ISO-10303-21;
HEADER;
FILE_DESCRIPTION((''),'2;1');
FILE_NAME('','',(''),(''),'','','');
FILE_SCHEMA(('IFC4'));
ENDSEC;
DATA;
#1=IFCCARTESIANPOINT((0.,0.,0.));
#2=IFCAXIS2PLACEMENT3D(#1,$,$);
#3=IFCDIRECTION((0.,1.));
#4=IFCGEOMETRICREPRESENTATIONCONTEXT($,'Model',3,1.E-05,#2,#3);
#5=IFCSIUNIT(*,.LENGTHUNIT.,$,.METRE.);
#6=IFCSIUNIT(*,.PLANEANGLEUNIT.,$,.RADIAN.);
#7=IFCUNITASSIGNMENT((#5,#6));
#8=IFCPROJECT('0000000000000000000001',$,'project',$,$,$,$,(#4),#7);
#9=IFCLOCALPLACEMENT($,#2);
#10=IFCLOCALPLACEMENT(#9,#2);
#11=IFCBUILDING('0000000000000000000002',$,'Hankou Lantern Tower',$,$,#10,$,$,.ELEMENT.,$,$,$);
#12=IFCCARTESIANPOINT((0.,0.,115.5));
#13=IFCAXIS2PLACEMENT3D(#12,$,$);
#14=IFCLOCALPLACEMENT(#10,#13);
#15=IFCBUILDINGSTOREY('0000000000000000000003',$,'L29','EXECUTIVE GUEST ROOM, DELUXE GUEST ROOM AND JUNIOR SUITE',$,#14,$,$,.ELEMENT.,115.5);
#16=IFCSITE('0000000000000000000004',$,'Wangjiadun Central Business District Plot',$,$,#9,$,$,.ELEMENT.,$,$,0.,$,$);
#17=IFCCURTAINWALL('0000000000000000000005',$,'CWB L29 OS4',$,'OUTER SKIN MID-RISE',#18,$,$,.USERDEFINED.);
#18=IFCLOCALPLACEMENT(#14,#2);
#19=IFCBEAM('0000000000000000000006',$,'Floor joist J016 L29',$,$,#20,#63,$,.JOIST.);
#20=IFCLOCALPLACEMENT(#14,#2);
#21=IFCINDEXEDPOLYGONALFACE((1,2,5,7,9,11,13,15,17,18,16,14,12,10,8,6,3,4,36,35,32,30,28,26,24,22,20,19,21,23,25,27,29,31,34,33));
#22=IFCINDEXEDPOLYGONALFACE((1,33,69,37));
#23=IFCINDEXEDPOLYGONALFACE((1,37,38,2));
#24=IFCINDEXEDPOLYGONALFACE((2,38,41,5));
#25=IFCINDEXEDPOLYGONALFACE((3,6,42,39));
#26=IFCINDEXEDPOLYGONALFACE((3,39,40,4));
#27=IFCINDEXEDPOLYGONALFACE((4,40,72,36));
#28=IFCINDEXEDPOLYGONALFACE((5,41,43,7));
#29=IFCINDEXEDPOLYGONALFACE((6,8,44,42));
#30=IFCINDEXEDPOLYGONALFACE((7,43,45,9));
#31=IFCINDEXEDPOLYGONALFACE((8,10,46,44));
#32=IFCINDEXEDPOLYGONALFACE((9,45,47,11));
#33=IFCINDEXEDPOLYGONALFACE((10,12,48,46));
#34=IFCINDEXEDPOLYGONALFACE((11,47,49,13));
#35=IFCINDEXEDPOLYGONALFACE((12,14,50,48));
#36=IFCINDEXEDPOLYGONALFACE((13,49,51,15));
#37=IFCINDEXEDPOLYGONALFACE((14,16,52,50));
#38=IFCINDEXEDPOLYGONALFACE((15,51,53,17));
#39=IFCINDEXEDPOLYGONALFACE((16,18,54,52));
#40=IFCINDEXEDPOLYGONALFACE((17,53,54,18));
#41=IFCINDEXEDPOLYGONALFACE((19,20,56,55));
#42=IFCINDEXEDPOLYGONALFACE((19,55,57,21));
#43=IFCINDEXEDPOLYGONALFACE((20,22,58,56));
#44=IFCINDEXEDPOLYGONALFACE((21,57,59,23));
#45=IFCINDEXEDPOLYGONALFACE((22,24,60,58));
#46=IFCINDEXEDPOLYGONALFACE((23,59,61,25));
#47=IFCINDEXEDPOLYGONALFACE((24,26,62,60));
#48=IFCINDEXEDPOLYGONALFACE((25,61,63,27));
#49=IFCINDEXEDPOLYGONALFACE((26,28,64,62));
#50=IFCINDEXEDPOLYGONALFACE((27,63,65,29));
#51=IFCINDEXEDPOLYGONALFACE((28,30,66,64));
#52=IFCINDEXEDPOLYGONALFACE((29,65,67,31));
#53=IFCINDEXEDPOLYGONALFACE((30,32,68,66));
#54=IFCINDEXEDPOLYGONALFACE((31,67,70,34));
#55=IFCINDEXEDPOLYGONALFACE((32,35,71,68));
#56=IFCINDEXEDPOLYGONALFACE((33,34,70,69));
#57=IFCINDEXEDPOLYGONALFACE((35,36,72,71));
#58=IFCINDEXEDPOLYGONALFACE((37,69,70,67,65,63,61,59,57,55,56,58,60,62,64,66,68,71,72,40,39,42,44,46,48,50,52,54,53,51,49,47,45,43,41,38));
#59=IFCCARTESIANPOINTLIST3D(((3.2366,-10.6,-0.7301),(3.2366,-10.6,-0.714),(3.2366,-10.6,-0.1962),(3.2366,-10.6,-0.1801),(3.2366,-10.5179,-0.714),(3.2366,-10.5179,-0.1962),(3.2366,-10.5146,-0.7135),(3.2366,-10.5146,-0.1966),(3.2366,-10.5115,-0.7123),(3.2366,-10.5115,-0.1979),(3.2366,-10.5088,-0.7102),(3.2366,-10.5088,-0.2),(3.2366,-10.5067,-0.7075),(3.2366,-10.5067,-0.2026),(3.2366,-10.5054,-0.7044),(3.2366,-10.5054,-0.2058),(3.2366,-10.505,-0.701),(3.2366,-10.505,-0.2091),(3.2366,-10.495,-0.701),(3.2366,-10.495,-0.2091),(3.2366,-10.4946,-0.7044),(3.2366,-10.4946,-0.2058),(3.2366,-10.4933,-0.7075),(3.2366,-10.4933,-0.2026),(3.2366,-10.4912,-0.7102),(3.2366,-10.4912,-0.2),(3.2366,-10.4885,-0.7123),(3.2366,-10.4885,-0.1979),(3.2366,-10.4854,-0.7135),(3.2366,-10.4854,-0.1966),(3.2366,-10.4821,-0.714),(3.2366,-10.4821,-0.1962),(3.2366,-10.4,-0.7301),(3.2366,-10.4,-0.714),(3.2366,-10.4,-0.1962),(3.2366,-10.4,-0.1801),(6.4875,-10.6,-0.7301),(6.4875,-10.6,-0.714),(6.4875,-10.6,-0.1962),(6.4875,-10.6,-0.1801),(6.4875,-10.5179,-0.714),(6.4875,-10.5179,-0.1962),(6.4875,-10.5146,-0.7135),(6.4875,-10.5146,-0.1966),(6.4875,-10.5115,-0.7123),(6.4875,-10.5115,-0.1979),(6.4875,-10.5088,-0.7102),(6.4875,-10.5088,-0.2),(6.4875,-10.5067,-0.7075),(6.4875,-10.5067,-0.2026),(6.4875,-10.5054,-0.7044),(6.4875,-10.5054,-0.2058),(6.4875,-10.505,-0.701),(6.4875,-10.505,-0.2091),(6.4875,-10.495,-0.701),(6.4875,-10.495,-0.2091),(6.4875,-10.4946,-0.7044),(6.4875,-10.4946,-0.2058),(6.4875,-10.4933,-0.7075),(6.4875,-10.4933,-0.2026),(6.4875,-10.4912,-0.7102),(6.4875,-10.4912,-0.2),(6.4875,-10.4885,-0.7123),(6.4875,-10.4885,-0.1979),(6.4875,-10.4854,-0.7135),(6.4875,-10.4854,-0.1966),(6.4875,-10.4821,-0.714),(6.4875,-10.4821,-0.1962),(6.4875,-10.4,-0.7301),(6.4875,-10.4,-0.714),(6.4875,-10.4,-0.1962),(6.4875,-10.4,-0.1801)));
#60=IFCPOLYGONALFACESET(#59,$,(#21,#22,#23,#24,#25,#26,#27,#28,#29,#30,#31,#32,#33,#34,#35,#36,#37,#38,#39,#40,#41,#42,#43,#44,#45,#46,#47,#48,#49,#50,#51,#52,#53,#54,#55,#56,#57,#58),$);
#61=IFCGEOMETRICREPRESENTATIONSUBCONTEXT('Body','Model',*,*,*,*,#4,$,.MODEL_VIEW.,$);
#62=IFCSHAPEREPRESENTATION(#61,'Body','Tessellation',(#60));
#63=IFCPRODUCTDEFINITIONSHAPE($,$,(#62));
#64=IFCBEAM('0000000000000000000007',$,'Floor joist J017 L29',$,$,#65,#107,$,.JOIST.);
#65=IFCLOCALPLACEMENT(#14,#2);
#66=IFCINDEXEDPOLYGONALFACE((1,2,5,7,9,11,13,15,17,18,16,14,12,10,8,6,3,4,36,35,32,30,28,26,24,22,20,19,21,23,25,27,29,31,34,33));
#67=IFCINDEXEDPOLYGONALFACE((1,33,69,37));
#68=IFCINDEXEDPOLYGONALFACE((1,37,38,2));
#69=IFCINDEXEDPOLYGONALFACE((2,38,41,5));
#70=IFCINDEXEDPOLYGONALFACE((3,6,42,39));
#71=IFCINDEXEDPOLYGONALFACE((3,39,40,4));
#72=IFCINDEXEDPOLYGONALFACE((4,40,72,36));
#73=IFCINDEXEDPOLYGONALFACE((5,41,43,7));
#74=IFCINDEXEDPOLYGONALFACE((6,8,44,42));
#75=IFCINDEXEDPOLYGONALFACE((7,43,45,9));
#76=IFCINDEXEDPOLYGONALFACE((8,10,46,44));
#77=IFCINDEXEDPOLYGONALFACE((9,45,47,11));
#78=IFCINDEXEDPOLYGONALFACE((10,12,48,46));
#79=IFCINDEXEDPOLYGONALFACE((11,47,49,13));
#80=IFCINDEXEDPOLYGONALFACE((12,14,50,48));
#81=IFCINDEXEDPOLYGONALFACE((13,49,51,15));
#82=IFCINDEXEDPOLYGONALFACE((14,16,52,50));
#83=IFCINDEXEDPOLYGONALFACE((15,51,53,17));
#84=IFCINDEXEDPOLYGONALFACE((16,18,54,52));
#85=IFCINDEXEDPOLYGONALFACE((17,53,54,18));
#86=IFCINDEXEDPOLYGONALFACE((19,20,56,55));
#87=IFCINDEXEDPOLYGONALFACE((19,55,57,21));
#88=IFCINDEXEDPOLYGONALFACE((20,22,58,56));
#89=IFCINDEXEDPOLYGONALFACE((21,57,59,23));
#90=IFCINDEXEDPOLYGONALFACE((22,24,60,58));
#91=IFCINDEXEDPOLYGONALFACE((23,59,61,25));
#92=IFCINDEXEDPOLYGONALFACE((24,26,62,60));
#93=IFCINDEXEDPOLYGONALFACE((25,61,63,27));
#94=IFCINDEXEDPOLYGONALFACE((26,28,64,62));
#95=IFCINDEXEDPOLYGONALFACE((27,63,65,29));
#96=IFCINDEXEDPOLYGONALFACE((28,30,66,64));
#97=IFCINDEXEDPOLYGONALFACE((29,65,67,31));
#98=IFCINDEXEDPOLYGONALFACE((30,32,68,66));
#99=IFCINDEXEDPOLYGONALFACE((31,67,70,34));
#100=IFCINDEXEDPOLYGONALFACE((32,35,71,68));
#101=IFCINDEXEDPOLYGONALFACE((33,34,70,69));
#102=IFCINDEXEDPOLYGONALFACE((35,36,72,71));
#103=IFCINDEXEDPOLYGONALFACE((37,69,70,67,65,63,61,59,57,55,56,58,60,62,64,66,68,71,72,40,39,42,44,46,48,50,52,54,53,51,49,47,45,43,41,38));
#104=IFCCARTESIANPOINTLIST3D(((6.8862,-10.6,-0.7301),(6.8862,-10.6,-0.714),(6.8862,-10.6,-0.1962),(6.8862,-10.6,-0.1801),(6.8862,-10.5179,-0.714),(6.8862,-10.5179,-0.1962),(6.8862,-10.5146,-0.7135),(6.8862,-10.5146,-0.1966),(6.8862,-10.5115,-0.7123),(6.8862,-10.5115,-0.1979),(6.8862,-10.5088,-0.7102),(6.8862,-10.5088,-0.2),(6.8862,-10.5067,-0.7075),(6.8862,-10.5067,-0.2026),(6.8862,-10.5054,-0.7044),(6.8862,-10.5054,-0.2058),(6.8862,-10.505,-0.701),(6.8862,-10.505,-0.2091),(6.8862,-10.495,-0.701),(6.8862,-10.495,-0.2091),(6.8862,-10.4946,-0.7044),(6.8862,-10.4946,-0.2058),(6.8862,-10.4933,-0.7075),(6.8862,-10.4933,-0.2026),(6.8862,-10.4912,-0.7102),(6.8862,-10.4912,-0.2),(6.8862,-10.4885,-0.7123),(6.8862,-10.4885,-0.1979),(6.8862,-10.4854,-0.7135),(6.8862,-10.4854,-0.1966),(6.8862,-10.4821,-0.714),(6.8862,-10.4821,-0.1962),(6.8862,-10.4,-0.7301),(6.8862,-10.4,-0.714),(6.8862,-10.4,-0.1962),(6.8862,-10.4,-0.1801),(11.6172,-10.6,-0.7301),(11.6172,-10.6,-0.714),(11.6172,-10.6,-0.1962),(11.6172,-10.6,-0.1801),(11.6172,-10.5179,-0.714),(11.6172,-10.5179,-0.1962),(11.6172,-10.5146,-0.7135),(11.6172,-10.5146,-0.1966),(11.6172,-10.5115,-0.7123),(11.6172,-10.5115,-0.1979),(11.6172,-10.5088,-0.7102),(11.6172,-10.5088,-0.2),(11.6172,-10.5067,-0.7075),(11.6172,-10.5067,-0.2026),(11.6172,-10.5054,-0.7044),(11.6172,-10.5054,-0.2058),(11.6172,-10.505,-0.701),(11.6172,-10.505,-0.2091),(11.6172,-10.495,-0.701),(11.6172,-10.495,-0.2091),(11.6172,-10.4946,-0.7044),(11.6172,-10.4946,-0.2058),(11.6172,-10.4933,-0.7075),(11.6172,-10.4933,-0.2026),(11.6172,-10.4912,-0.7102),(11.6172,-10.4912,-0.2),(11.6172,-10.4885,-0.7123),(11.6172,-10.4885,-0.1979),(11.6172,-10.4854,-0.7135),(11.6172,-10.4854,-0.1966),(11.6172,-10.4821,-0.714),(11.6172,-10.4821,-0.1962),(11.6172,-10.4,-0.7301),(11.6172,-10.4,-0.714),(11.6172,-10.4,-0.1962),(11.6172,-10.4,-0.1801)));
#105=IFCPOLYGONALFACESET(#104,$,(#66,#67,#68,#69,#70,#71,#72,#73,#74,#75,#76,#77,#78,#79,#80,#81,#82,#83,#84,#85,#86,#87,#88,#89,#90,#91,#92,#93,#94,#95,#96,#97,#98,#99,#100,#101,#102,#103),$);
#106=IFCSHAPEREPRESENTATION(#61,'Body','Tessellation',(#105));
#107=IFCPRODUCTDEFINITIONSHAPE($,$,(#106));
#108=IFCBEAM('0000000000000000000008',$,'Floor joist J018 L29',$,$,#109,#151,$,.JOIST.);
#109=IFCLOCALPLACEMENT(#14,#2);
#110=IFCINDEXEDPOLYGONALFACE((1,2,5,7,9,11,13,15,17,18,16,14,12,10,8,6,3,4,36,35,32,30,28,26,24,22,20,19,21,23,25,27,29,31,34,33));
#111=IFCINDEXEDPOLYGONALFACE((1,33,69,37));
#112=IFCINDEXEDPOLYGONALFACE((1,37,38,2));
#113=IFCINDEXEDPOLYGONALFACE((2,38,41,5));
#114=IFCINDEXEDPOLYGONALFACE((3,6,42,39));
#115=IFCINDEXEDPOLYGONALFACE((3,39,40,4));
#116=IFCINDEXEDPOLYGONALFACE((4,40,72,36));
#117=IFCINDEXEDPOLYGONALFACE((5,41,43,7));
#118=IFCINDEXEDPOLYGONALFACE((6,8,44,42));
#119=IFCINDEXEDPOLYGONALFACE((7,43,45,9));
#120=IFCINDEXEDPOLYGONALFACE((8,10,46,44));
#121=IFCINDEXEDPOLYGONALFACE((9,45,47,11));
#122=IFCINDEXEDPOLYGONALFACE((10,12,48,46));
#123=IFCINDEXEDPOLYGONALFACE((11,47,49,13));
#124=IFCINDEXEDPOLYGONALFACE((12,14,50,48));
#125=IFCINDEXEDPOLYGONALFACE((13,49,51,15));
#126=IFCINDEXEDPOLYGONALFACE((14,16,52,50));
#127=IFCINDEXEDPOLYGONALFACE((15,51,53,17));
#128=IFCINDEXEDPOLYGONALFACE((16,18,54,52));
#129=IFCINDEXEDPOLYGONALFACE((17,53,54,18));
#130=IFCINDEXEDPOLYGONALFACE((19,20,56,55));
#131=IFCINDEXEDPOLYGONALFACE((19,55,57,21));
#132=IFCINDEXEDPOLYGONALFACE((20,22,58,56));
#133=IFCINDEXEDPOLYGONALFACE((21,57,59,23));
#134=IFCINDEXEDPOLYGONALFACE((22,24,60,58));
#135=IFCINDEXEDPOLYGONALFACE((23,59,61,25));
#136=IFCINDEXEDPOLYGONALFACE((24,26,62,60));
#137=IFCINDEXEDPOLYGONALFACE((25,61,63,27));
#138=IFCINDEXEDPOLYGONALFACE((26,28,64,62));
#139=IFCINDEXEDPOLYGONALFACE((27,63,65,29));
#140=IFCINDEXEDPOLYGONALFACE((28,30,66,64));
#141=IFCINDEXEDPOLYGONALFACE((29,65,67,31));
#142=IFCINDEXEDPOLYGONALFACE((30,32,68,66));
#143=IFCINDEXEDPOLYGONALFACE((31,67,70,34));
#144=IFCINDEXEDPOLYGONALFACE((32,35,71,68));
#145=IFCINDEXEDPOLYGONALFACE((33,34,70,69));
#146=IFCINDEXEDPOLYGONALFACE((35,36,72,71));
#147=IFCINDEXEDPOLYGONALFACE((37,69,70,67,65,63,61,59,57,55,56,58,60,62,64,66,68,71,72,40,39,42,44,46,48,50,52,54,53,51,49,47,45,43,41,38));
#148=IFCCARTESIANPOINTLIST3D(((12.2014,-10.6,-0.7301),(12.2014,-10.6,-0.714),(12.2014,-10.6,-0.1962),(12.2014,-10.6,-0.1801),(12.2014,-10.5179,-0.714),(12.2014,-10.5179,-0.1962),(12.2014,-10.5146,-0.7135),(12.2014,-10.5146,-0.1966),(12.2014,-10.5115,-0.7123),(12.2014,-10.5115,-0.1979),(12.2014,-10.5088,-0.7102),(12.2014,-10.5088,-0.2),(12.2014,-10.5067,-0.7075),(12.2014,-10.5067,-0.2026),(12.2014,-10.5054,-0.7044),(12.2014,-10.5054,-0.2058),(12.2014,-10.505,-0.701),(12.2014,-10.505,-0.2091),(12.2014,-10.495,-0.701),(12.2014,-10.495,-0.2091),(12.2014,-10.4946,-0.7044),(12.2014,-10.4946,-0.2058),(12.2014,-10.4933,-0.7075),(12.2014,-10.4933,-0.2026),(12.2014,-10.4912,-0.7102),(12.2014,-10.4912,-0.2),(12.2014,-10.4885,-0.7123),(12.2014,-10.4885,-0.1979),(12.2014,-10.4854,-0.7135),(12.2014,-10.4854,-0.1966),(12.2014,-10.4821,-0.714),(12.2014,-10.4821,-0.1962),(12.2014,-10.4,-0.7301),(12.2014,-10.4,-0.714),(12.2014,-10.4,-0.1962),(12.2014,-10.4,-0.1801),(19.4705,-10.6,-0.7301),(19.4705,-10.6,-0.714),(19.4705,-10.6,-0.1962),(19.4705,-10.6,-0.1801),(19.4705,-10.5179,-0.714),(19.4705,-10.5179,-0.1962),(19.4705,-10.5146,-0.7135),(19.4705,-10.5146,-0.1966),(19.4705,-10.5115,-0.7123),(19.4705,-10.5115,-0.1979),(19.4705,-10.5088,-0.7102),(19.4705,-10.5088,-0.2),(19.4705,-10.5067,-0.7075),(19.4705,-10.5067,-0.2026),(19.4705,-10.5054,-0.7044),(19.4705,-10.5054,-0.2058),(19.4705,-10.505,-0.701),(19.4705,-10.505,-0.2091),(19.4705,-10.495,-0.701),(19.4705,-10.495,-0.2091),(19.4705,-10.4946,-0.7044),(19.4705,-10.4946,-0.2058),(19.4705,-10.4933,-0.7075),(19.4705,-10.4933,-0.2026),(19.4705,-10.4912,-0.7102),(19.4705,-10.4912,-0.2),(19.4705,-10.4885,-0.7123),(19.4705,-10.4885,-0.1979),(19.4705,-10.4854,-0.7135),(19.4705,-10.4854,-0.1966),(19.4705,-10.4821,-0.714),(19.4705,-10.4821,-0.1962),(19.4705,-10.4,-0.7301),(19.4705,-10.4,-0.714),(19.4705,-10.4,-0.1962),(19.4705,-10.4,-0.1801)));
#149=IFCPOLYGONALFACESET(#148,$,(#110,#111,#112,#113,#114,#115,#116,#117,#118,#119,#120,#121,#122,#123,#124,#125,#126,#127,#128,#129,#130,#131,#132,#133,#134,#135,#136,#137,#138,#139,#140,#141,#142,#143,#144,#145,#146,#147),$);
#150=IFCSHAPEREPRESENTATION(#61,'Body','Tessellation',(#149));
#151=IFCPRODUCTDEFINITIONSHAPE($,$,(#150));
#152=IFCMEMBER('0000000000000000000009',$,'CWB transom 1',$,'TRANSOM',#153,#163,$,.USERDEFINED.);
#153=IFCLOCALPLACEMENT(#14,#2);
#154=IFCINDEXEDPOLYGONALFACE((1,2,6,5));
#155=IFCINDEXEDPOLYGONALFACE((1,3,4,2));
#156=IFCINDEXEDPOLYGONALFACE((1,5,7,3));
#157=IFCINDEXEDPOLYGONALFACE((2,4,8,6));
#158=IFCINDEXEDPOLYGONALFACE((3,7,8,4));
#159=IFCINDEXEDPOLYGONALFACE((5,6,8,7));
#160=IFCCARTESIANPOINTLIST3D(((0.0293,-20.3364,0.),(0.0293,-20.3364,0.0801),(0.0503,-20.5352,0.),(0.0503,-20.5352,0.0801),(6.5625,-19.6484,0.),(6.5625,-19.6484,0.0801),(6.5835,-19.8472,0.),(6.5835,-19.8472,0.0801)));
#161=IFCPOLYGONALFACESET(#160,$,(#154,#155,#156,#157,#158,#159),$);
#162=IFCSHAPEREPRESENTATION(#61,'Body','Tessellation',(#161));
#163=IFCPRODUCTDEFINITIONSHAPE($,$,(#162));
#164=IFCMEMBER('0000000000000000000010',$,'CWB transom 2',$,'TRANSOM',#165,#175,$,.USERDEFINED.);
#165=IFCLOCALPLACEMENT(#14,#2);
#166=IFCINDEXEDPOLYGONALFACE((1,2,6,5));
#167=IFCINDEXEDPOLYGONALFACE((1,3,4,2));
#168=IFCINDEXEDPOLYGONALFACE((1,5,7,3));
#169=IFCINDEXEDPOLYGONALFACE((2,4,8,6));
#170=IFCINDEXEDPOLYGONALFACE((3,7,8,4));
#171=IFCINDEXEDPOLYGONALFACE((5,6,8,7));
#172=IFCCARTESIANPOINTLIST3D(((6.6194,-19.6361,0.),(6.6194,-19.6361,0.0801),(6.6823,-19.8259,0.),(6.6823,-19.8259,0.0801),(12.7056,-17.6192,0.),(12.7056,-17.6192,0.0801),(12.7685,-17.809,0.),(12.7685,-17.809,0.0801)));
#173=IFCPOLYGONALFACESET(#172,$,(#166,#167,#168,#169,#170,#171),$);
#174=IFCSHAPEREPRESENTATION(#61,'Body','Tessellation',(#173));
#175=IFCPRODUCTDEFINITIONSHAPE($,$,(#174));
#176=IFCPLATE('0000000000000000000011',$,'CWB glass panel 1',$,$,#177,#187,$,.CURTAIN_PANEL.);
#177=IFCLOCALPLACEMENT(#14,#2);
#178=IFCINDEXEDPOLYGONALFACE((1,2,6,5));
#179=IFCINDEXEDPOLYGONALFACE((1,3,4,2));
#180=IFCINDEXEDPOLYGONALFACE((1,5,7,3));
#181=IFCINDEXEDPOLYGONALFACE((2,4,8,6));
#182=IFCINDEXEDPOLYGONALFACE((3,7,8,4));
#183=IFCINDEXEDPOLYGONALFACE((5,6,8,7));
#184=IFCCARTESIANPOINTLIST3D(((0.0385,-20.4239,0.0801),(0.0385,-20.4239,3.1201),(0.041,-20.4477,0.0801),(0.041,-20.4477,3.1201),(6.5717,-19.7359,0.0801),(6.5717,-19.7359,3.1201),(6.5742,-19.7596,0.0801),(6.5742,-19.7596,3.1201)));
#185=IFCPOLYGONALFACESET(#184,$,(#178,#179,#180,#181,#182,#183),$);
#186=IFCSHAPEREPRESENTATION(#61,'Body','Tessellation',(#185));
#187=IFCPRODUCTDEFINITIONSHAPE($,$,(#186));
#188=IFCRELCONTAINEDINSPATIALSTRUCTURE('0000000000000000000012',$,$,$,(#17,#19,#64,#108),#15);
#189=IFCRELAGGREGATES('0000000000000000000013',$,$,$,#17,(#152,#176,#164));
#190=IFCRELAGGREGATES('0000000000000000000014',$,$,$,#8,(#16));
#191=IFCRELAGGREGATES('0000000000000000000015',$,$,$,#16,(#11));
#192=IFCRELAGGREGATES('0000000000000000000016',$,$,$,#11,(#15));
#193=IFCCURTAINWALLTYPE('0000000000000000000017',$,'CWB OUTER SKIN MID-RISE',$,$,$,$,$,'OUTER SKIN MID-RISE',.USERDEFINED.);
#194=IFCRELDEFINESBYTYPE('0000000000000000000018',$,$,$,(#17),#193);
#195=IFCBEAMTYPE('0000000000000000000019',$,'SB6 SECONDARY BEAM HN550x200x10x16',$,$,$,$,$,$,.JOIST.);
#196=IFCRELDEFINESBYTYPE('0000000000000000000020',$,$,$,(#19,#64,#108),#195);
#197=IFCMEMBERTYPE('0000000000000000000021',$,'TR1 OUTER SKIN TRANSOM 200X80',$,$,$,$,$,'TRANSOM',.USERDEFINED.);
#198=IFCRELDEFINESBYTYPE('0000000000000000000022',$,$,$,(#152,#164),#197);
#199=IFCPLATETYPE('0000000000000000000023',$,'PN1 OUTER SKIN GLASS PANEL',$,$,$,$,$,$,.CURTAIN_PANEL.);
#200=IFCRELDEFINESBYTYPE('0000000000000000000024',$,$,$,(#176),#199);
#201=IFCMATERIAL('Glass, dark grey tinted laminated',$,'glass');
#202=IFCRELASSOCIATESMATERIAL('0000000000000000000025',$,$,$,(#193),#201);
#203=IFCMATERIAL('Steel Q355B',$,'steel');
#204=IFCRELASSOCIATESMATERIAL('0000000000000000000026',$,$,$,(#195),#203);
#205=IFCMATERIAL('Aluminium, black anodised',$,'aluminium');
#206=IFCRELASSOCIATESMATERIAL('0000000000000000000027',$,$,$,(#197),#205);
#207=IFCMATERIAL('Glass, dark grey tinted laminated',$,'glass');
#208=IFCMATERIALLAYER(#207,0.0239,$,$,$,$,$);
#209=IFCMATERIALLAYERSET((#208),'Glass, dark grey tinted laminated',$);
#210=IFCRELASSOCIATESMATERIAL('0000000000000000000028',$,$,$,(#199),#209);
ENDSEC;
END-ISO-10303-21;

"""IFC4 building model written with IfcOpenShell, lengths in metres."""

from ifc_helpers import new_model, si_unit, direction, frame, origin, origin_2d, place, context, subcontext, project, spatial, rectangle, i_section, extrude, material, layer, layer_set, material_profile, profile_set, type_object, element, aggregate, save


model = new_model("IFC4")

# Units and contexts
model_context = context("Model", 3, precision=1e-05, world=origin(), true_north=direction((0.0, 1.0)))
body_context = subcontext(model_context, "Body", "Model", "MODEL_VIEW")
ifc_project = project(units=[si_unit("LENGTHUNIT", "METRE"), si_unit("PLANEANGLEUNIT", "RADIAN")], contexts=[model_context])

# Site, building, storey
site_placement = place(None, origin())
site = spatial("IfcSite", under=ifc_project, at=site_placement, Name="Wangjiadun Central Business District Plot", CompositionType="ELEMENT", RefElevation=0.0)
building_placement = place(site_placement, origin())
building = spatial("IfcBuilding", under=site, at=building_placement, Name="Hankou Lantern Tower", CompositionType="ELEMENT")
storey_placement = place(building_placement, frame((0.0, 0.0, 115.5)))
storey = spatial("IfcBuildingStorey", under=building, at=storey_placement, Name="L29", Description="EXECUTIVE GUEST ROOM, DELUXE GUEST ROOM AND JUNIOR SUITE", CompositionType="ELEMENT", Elevation=115.5)

# Curtain wall
ifc_material_1 = material(Name="Glass, dark grey tinted laminated", Category="glass")
curtain_wall_type = type_object("IfcCurtainWallType", Name="CWB OUTER SKIN MID-RISE", ElementType="OUTER SKIN MID-RISE", PredefinedType="USERDEFINED", material=ifc_material_1)
curtain_wall_placement = place(storey_placement, origin())
curtain_wall = element("IfcCurtainWall", 1, at=curtain_wall_placement, inside=storey, type_object=curtain_wall_type, Name="CWB L29 OS4", ObjectType="OUTER SKIN MID-RISE", PredefinedType="USERDEFINED")

# Beams
ifc_material_2 = material(Name="Steel Q355B", Category="steel")
ifc_material_profile_1 = material_profile(ifc_material_2, i_section(OverallWidth=0.2, OverallDepth=0.55, WebThickness=0.01, FlangeThickness=0.0161, FilletRadius=0.0129, at=origin_2d()), Name="HN550x200x10x16")
ifc_profile_set_1 = profile_set([ifc_material_profile_1], Name="Steel Q355B")
beam_type_1 = type_object("IfcBeamType", Name="SB6 SECONDARY BEAM HN550x200x10x16", PredefinedType="JOIST", material=ifc_profile_set_1)
beam_1_placement = place(storey_placement, frame((3.2366, -10.5, -0.4551), z_axis=(1.0, 0.0, 0.0), x_axis=(0.0, 1.0, 0.0)))
element("IfcBeam", 2, at=beam_1_placement, inside=storey, type_object=beam_type_1, Name="Floor joist J016 L29", PredefinedType="JOIST", context=body_context, shape_type="SweptSolid", body=[
    extrude(i_section(OverallWidth=0.2, OverallDepth=0.55, WebThickness=0.01, FlangeThickness=0.0161, FilletRadius=0.0129, at=origin_2d()), origin(), (0.0, 0.0, 1.0), 3.251),
])
beam_2_placement = place(storey_placement, frame((6.8862, -10.5, -0.4551), z_axis=(1.0, 0.0, 0.0), x_axis=(0.0, 1.0, 0.0)))
element("IfcBeam", 3, at=beam_2_placement, inside=storey, type_object=beam_type_1, Name="Floor joist J017 L29", PredefinedType="JOIST", context=body_context, shape_type="SweptSolid", body=[
    extrude(i_section(OverallWidth=0.2, OverallDepth=0.55, WebThickness=0.01, FlangeThickness=0.0161, FilletRadius=0.0129, at=origin_2d()), origin(), (0.0, 0.0, 1.0), 4.731),
])
beam_3_placement = place(storey_placement, frame((12.2014, -10.5, -0.4551), z_axis=(1.0, 0.0, 0.0), x_axis=(0.0, 1.0, 0.0)))
element("IfcBeam", 4, at=beam_3_placement, inside=storey, type_object=beam_type_1, Name="Floor joist J018 L29", PredefinedType="JOIST", context=body_context, shape_type="SweptSolid", body=[
    extrude(i_section(OverallWidth=0.2, OverallDepth=0.55, WebThickness=0.01, FlangeThickness=0.0161, FilletRadius=0.0129, at=origin_2d()), origin(), (0.0, 0.0, 1.0), 7.269),
])

# Members
ifc_material_3 = material(Name="Aluminium, black anodised", Category="aluminium")
ifc_material_profile_2 = material_profile(ifc_material_3, rectangle(XDim=0.2, YDim=0.0801, at=origin_2d()), Name="TR1 200X80")
ifc_profile_set_2 = profile_set([ifc_material_profile_2], Name="Aluminium, black anodised")
member_type_1 = type_object("IfcMemberType", Name="TR1 OUTER SKIN TRANSOM 200X80", ElementType="TRANSOM", PredefinedType="USERDEFINED", material=ifc_profile_set_2)
member_1_placement = place(storey_placement, frame((0.0398, -20.4358, 0.04), z_axis=(0.994501, 0.104727, 0.0), x_axis=(-0.104727, 0.994501, 0.0)))
member_1 = element("IfcMember", 5, at=member_1_placement, type_object=member_type_1, Name="CWB transom 1", ObjectType="TRANSOM", PredefinedType="USERDEFINED", context=body_context, shape_type="SweptSolid", body=[
    extrude(rectangle(XDim=0.2, YDim=0.0801, at=origin_2d()), origin(), (0.0, 0.0, 1.0), 6.5693),
])
member_2_placement = place(storey_placement, frame((6.6509, -19.731, 0.04), z_axis=(0.949238, 0.314559, 0.0), x_axis=(-0.314559, 0.949238, 0.0)))
member_2 = element("IfcMember", 6, at=member_2_placement, type_object=member_type_1, Name="CWB transom 2", ObjectType="TRANSOM", PredefinedType="USERDEFINED", context=body_context, shape_type="SweptSolid", body=[
    extrude(rectangle(XDim=0.2, YDim=0.0801, at=origin_2d()), origin(), (0.0, 0.0, 1.0), 6.4116),
])

# Plate
ifc_material_4 = material(Name="Glass, dark grey tinted laminated", Category="glass")
ifc_layer_1 = layer(ifc_material_4, 0.0239)
ifc_layer_set_1 = layer_set([ifc_layer_1], Name="Glass, dark grey tinted laminated")
plate_type = type_object("IfcPlateType", Name="PN1 OUTER SKIN GLASS PANEL", PredefinedType="CURTAIN_PANEL", material=ifc_layer_set_1)
plate_1_placement = place(storey_placement, frame((3.3064, -20.0918, 0.0801), z_axis=(0.0, 0.0, 1.0), x_axis=(0.994499, 0.104743, 0.0)))
plate_1 = element("IfcPlate", 7, at=plate_1_placement, type_object=plate_type, Name="CWB glass panel 1", PredefinedType="CURTAIN_PANEL", context=body_context, shape_type="SweptSolid", body=[
    extrude(rectangle(XDim=6.5693, YDim=0.0239, at=origin_2d()), origin(), (0.0, 0.0, 1.0), 3.04),
])
aggregate(curtain_wall, [member_1, plate_1, member_2])

save(model, "model.ifc")
